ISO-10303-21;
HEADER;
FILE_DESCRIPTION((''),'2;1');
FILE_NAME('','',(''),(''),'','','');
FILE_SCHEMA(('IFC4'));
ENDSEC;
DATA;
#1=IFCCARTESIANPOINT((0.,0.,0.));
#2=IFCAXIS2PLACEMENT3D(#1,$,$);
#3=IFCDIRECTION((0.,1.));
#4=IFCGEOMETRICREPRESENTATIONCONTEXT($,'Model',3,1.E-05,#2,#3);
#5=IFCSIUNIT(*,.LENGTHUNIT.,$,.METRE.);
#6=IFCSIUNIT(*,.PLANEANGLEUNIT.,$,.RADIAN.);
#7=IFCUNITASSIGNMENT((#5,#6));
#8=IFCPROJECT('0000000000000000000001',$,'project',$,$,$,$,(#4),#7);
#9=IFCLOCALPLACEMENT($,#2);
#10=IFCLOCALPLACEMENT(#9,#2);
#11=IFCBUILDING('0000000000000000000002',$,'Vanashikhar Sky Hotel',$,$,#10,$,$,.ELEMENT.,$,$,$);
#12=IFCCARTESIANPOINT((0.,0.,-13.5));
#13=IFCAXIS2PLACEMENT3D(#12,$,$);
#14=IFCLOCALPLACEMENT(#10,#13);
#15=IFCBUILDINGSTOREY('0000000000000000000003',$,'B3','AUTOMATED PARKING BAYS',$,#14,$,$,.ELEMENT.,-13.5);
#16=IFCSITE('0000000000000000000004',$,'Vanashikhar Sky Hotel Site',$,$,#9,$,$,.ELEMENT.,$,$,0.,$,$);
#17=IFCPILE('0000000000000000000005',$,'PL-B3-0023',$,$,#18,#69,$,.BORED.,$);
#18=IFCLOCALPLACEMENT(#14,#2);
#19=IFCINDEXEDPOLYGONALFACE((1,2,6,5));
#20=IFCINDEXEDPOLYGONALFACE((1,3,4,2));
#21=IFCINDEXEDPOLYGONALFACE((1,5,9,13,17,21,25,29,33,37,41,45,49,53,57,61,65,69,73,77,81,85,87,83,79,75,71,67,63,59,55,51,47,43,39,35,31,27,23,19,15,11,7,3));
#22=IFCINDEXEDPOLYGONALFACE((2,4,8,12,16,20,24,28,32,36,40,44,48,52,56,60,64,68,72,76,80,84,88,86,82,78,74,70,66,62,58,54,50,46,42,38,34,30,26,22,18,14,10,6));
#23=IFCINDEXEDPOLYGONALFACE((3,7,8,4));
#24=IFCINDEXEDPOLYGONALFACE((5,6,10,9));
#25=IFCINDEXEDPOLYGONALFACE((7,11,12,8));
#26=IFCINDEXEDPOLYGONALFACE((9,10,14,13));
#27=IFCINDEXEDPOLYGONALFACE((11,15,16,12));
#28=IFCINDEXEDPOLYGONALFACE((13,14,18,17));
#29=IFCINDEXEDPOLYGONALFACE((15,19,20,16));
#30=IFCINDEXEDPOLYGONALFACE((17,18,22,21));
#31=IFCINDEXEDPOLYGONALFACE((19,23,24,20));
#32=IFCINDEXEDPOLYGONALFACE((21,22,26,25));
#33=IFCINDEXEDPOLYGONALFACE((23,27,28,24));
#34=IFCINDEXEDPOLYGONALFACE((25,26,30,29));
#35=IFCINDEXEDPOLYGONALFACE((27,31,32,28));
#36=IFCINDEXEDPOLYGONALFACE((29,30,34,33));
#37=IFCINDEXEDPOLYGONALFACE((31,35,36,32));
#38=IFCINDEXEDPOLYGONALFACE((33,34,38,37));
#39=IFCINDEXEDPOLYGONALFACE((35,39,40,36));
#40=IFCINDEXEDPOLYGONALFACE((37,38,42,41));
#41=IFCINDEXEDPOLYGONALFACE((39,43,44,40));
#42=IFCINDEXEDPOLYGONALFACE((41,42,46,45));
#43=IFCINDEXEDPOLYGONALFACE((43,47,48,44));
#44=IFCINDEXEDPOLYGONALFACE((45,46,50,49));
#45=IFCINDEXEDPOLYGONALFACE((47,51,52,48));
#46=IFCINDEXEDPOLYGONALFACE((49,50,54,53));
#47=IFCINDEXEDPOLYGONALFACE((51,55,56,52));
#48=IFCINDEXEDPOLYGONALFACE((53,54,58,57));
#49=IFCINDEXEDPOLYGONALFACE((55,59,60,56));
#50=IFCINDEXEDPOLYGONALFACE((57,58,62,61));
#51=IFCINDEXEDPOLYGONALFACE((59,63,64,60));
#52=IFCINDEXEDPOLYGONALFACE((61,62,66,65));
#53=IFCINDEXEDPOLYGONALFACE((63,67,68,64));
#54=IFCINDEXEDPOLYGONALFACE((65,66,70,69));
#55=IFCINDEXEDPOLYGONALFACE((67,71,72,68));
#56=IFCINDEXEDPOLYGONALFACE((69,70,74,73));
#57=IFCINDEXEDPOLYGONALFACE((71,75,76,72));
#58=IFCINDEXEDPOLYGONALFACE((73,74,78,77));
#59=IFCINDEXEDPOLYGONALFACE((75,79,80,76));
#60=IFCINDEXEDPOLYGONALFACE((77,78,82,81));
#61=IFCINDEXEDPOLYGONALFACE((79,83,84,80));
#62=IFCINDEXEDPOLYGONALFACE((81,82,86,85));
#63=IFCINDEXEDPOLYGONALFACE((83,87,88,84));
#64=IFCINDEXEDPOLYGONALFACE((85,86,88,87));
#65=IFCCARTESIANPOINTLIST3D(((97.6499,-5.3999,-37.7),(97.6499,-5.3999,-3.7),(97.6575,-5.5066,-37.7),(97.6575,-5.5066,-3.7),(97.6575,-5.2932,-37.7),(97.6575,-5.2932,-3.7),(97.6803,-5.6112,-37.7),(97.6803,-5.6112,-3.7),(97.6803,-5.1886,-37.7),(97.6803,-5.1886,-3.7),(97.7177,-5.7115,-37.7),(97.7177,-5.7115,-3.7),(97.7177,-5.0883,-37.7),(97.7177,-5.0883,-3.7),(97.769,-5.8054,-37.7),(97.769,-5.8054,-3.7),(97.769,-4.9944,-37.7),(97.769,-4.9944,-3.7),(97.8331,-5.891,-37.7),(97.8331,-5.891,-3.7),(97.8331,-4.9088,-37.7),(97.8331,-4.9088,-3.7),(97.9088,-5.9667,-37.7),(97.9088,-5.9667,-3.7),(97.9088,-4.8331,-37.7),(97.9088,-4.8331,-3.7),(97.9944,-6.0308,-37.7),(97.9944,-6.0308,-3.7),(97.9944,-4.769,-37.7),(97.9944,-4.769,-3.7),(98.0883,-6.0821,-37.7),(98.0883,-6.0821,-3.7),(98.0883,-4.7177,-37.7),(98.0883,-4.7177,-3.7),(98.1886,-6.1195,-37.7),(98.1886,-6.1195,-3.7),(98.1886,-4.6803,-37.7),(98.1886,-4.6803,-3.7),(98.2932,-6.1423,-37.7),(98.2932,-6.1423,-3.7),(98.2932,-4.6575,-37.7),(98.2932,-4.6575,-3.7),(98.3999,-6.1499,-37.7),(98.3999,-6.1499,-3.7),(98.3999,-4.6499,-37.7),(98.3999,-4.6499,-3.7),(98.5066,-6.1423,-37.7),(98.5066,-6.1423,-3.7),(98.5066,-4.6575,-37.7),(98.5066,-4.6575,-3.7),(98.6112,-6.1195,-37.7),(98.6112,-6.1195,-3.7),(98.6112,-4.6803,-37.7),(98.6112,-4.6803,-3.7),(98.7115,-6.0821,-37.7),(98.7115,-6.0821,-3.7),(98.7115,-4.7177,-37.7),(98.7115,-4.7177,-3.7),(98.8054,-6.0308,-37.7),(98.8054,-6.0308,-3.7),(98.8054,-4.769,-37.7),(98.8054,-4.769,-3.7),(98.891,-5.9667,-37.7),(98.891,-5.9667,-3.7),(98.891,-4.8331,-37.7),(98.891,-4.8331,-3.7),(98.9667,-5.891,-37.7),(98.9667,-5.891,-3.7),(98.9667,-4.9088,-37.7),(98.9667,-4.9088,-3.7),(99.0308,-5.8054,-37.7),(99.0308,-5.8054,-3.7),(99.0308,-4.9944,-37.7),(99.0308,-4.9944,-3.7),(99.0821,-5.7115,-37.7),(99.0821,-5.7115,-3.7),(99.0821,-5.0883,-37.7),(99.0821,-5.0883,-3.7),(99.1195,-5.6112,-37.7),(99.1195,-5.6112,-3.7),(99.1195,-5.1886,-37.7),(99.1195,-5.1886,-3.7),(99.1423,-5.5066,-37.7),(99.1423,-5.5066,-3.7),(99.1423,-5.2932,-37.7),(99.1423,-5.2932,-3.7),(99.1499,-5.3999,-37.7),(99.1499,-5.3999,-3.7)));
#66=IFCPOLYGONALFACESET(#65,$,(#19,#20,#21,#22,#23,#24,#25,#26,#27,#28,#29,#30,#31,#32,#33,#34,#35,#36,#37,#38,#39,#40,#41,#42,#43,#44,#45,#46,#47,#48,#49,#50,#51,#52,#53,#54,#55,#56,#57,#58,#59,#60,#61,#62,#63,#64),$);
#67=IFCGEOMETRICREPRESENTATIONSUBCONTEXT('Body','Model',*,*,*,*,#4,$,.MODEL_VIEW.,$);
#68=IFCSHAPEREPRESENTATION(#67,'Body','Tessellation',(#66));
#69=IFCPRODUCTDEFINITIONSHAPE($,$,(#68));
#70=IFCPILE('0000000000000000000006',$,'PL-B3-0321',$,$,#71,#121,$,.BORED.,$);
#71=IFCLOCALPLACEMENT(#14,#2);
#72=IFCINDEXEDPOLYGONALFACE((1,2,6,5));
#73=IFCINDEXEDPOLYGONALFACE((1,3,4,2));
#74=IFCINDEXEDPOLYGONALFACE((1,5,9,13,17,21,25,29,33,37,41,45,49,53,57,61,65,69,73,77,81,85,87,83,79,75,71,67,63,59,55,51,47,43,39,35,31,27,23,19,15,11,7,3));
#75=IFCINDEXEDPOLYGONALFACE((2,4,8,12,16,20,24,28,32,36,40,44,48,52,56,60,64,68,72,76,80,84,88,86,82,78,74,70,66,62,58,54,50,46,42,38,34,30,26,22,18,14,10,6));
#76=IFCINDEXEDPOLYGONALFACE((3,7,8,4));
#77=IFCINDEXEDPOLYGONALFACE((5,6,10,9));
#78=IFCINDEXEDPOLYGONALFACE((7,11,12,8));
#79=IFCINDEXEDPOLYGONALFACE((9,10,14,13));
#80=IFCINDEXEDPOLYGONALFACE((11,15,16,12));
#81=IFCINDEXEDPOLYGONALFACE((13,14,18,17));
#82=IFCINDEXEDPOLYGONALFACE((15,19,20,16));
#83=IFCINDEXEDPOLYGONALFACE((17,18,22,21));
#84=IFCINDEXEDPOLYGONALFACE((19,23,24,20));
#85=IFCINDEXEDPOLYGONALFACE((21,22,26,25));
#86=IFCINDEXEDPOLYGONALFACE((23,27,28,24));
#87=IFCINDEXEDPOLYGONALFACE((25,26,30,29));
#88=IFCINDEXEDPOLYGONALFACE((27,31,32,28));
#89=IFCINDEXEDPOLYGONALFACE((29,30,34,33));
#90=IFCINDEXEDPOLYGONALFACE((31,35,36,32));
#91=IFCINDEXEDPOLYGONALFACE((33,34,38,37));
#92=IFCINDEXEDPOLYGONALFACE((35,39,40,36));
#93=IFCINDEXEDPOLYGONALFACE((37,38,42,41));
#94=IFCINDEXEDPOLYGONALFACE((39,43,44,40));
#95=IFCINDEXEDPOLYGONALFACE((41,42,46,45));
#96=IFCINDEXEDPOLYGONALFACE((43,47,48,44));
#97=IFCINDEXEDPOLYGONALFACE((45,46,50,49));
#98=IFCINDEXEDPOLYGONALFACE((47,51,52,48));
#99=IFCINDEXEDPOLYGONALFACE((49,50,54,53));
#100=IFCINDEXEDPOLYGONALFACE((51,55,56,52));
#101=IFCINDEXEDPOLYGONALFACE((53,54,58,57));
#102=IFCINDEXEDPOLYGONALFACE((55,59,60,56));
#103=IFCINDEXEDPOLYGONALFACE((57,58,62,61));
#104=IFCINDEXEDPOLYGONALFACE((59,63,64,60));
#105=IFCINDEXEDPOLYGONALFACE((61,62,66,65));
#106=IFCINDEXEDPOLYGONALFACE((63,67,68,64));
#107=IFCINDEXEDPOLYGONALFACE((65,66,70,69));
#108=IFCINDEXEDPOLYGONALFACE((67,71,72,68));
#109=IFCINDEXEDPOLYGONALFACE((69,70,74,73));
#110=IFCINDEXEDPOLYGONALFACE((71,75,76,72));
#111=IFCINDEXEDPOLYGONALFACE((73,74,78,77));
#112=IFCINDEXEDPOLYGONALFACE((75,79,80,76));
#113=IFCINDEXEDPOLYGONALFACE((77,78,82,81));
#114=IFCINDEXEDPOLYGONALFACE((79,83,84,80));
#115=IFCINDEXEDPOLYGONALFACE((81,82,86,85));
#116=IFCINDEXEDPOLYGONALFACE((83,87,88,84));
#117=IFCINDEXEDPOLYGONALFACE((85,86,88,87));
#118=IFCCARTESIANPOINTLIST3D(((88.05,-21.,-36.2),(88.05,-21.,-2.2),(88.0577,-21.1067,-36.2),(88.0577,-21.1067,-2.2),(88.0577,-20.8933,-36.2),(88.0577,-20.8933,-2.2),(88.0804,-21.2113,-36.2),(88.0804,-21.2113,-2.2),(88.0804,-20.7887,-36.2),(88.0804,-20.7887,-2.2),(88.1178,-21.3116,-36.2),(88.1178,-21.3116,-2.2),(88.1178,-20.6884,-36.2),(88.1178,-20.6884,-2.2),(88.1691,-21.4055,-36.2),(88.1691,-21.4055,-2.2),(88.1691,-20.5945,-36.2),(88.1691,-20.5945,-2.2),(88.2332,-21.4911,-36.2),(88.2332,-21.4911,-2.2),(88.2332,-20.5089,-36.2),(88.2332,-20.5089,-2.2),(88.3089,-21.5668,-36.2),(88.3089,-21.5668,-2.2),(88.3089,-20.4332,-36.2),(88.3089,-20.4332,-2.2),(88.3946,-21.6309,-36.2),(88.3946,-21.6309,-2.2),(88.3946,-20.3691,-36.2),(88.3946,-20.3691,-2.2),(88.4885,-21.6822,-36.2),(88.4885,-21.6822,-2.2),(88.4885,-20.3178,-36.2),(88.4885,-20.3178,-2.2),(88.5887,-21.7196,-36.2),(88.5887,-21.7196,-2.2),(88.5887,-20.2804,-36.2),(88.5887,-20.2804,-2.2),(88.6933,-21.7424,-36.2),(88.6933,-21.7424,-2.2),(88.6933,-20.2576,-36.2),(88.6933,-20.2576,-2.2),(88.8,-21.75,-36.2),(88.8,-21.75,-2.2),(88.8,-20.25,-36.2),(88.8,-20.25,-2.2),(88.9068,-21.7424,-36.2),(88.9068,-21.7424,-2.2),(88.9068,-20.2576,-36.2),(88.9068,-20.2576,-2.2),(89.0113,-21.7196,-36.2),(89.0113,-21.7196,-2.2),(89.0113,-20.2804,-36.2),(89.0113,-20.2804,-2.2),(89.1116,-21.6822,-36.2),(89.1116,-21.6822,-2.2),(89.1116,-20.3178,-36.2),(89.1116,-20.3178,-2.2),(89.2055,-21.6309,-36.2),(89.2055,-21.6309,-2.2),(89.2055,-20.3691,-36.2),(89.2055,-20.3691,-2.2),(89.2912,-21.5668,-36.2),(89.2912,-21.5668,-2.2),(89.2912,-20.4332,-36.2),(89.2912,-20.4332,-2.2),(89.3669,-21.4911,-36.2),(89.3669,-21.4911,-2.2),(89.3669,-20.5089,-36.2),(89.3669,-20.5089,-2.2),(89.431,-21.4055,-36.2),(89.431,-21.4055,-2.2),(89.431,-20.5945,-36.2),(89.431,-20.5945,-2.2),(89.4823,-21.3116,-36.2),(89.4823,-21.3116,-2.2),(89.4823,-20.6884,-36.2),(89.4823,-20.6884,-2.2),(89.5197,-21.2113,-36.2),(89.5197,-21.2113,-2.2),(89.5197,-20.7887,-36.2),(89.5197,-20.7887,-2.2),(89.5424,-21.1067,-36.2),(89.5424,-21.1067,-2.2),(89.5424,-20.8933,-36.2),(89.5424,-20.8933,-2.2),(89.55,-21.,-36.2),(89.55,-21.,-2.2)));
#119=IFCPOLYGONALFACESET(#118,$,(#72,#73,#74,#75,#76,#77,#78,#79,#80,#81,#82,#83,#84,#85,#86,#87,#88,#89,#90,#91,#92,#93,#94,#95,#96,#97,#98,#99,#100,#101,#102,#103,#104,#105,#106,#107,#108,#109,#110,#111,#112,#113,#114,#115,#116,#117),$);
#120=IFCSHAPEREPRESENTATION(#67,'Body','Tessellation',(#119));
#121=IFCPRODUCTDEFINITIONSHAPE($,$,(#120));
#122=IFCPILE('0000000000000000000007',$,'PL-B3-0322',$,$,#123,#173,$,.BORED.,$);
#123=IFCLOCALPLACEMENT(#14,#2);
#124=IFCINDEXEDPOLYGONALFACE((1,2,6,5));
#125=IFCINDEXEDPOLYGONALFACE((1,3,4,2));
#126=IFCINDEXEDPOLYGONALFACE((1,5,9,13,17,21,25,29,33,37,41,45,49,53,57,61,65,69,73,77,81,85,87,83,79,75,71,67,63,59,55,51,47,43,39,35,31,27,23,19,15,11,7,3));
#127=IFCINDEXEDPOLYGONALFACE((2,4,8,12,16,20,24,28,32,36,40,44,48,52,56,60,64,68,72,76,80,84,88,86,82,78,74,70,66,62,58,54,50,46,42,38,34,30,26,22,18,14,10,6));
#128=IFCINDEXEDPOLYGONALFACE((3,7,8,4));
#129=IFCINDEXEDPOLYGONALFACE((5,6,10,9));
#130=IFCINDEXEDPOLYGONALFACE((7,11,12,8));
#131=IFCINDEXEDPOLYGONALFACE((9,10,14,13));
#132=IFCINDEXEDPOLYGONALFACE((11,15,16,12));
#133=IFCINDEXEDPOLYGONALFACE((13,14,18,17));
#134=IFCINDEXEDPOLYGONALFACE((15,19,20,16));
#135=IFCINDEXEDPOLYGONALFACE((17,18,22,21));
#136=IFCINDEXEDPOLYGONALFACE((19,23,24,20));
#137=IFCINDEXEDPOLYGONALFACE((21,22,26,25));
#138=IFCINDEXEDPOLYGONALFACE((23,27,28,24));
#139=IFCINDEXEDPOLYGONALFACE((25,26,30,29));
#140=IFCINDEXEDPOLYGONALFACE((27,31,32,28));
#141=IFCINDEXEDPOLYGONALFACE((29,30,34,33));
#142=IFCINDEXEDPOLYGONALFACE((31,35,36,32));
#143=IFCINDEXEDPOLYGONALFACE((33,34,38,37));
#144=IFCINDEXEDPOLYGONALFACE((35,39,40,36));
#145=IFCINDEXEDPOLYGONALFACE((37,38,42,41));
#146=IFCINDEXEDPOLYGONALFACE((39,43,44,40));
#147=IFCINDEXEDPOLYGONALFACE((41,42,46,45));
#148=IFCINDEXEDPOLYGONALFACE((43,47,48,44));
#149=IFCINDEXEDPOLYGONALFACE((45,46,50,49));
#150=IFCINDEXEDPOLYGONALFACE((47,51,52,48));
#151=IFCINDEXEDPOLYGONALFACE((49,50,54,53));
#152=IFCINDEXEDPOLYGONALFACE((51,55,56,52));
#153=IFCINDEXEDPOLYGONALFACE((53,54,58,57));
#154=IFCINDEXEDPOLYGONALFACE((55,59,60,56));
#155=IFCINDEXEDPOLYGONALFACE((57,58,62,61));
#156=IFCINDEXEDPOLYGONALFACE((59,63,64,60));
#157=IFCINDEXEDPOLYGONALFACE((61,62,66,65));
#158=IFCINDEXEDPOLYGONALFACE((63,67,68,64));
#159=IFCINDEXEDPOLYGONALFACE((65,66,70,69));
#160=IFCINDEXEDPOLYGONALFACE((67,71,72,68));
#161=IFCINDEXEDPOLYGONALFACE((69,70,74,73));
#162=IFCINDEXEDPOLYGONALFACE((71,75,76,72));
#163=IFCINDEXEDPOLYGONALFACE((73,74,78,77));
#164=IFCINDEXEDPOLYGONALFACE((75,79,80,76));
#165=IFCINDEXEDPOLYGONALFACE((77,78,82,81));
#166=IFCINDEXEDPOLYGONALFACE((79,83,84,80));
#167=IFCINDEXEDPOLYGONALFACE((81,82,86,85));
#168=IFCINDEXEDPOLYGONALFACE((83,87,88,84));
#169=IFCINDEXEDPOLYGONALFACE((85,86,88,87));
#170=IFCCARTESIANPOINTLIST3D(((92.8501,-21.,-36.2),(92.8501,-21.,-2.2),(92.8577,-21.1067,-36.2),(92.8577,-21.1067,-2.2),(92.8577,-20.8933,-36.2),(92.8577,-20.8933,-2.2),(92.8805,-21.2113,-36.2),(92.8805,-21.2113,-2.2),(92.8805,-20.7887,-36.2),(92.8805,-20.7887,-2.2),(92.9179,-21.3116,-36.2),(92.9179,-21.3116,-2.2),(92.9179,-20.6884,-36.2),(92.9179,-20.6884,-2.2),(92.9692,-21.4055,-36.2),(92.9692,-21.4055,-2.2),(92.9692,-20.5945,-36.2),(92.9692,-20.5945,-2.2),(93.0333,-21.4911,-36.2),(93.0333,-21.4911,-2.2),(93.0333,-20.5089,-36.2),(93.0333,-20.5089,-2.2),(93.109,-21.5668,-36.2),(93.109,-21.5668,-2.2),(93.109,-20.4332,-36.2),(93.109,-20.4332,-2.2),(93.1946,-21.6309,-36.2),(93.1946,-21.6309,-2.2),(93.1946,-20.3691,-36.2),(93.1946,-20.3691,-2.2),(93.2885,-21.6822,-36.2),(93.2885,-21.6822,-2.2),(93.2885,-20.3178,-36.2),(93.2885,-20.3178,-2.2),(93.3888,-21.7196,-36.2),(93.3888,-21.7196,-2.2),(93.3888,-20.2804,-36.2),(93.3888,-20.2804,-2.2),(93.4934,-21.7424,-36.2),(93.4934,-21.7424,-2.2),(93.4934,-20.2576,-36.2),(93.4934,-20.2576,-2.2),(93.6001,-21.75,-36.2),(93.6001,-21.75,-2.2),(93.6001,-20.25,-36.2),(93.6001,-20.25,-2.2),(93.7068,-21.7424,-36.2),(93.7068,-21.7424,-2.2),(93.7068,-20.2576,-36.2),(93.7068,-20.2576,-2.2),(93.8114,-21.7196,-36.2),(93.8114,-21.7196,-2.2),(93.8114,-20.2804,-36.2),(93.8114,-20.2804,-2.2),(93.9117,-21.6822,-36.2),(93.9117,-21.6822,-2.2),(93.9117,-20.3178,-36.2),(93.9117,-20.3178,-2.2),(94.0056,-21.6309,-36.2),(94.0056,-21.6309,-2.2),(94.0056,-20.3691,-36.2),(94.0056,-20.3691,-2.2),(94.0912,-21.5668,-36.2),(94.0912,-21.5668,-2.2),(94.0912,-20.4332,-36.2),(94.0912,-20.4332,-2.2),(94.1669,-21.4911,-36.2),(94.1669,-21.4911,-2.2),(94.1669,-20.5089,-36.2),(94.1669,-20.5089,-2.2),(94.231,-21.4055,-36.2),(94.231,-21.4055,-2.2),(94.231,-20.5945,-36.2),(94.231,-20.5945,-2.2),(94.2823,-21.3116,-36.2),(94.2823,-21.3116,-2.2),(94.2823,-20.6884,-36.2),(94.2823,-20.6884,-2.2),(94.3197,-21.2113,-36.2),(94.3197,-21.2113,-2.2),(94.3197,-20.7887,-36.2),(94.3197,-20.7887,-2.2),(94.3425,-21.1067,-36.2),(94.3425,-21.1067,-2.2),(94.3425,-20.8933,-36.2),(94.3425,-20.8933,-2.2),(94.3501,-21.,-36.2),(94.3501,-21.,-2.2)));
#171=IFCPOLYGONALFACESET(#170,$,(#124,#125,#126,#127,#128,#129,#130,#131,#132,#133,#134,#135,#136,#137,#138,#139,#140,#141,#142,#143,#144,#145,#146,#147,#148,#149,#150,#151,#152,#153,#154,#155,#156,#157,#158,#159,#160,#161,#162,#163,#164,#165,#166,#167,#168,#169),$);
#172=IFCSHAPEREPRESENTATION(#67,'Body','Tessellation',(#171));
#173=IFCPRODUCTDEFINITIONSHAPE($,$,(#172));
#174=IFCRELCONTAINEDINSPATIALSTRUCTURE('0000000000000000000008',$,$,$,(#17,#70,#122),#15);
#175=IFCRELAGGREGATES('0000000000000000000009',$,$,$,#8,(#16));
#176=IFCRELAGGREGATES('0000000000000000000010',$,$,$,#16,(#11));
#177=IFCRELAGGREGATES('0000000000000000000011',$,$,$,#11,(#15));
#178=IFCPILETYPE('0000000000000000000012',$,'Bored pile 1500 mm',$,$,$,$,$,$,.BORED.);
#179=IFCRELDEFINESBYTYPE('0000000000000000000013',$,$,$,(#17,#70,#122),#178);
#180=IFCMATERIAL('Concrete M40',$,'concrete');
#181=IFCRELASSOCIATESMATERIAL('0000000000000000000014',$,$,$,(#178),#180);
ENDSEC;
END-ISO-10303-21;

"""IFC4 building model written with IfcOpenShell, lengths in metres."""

from ifc_helpers import new_model, si_unit, direction, frame, origin, origin_2d, place, context, subcontext, project, spatial, circle, extrude, source, transform, mapped, material, type_object, element, save


model = new_model("IFC4")

# Units and contexts
model_context = context("Model", 3, precision=1e-05, world=origin(), true_north=direction((0.0, 1.0)))
body_context = subcontext(model_context, "Body", "Model", "MODEL_VIEW")
ifc_project = project(units=[si_unit("LENGTHUNIT", "METRE"), si_unit("PLANEANGLEUNIT", "RADIAN")], contexts=[model_context])

# Site, building, storey
site_placement = place(None, origin())
site = spatial("IfcSite", under=ifc_project, at=site_placement, Name="Vanashikhar Sky Hotel Site", CompositionType="ELEMENT", RefElevation=0.0)
building_placement = place(site_placement, origin())
building = spatial("IfcBuilding", under=site, at=building_placement, Name="Vanashikhar Sky Hotel", CompositionType="ELEMENT")
storey_placement = place(building_placement, frame((0.0, 0.0, -13.5)))
storey = spatial("IfcBuildingStorey", under=building, at=storey_placement, Name="B3", Description="AUTOMATED PARKING BAYS", CompositionType="ELEMENT", Elevation=-13.5)

# Piles
ifc_material_1 = material(Name="Concrete M40", Category="concrete")
pile_type_1 = type_object("IfcPileType", Name="Bored pile 1500 mm", PredefinedType="BORED", material=ifc_material_1)
shared_shape_1 = source(origin(), body_context, "Body", "SweptSolid", [
    extrude(circle(Radius=0.75, at=origin_2d()), origin(), (0.0, 0.0, 1.0), 34.0),
])
for number, where, z_axis, x_axis, name in (
    (1, (98.3999, -5.3999, -3.7), (0.0, 0.0, -1.0), (1.0, 0.0, 0.0), "PL-B3-0023"),
    (2, (88.8, -21.0, -2.2), (0.0, 0.0, -1.0), (1.0, 0.0, 0.0), "PL-B3-0321"),
    (3, (93.6001, -21.0, -2.2), (0.0, 0.0, -1.0), (1.0, 0.0, 0.0), "PL-B3-0322"),
):
    element("IfcPile", number, at=place(storey_placement, frame(where, z_axis=z_axis, x_axis=x_axis)), inside=storey, type_object=pile_type_1, Name=name, PredefinedType="BORED", context=body_context, shape_type="MappedRepresentation", body=[
        mapped(shared_shape_1, transform((0.0, 0.0, 0.0), scale=1.0)),
    ])

save(model, "model.ifc")
